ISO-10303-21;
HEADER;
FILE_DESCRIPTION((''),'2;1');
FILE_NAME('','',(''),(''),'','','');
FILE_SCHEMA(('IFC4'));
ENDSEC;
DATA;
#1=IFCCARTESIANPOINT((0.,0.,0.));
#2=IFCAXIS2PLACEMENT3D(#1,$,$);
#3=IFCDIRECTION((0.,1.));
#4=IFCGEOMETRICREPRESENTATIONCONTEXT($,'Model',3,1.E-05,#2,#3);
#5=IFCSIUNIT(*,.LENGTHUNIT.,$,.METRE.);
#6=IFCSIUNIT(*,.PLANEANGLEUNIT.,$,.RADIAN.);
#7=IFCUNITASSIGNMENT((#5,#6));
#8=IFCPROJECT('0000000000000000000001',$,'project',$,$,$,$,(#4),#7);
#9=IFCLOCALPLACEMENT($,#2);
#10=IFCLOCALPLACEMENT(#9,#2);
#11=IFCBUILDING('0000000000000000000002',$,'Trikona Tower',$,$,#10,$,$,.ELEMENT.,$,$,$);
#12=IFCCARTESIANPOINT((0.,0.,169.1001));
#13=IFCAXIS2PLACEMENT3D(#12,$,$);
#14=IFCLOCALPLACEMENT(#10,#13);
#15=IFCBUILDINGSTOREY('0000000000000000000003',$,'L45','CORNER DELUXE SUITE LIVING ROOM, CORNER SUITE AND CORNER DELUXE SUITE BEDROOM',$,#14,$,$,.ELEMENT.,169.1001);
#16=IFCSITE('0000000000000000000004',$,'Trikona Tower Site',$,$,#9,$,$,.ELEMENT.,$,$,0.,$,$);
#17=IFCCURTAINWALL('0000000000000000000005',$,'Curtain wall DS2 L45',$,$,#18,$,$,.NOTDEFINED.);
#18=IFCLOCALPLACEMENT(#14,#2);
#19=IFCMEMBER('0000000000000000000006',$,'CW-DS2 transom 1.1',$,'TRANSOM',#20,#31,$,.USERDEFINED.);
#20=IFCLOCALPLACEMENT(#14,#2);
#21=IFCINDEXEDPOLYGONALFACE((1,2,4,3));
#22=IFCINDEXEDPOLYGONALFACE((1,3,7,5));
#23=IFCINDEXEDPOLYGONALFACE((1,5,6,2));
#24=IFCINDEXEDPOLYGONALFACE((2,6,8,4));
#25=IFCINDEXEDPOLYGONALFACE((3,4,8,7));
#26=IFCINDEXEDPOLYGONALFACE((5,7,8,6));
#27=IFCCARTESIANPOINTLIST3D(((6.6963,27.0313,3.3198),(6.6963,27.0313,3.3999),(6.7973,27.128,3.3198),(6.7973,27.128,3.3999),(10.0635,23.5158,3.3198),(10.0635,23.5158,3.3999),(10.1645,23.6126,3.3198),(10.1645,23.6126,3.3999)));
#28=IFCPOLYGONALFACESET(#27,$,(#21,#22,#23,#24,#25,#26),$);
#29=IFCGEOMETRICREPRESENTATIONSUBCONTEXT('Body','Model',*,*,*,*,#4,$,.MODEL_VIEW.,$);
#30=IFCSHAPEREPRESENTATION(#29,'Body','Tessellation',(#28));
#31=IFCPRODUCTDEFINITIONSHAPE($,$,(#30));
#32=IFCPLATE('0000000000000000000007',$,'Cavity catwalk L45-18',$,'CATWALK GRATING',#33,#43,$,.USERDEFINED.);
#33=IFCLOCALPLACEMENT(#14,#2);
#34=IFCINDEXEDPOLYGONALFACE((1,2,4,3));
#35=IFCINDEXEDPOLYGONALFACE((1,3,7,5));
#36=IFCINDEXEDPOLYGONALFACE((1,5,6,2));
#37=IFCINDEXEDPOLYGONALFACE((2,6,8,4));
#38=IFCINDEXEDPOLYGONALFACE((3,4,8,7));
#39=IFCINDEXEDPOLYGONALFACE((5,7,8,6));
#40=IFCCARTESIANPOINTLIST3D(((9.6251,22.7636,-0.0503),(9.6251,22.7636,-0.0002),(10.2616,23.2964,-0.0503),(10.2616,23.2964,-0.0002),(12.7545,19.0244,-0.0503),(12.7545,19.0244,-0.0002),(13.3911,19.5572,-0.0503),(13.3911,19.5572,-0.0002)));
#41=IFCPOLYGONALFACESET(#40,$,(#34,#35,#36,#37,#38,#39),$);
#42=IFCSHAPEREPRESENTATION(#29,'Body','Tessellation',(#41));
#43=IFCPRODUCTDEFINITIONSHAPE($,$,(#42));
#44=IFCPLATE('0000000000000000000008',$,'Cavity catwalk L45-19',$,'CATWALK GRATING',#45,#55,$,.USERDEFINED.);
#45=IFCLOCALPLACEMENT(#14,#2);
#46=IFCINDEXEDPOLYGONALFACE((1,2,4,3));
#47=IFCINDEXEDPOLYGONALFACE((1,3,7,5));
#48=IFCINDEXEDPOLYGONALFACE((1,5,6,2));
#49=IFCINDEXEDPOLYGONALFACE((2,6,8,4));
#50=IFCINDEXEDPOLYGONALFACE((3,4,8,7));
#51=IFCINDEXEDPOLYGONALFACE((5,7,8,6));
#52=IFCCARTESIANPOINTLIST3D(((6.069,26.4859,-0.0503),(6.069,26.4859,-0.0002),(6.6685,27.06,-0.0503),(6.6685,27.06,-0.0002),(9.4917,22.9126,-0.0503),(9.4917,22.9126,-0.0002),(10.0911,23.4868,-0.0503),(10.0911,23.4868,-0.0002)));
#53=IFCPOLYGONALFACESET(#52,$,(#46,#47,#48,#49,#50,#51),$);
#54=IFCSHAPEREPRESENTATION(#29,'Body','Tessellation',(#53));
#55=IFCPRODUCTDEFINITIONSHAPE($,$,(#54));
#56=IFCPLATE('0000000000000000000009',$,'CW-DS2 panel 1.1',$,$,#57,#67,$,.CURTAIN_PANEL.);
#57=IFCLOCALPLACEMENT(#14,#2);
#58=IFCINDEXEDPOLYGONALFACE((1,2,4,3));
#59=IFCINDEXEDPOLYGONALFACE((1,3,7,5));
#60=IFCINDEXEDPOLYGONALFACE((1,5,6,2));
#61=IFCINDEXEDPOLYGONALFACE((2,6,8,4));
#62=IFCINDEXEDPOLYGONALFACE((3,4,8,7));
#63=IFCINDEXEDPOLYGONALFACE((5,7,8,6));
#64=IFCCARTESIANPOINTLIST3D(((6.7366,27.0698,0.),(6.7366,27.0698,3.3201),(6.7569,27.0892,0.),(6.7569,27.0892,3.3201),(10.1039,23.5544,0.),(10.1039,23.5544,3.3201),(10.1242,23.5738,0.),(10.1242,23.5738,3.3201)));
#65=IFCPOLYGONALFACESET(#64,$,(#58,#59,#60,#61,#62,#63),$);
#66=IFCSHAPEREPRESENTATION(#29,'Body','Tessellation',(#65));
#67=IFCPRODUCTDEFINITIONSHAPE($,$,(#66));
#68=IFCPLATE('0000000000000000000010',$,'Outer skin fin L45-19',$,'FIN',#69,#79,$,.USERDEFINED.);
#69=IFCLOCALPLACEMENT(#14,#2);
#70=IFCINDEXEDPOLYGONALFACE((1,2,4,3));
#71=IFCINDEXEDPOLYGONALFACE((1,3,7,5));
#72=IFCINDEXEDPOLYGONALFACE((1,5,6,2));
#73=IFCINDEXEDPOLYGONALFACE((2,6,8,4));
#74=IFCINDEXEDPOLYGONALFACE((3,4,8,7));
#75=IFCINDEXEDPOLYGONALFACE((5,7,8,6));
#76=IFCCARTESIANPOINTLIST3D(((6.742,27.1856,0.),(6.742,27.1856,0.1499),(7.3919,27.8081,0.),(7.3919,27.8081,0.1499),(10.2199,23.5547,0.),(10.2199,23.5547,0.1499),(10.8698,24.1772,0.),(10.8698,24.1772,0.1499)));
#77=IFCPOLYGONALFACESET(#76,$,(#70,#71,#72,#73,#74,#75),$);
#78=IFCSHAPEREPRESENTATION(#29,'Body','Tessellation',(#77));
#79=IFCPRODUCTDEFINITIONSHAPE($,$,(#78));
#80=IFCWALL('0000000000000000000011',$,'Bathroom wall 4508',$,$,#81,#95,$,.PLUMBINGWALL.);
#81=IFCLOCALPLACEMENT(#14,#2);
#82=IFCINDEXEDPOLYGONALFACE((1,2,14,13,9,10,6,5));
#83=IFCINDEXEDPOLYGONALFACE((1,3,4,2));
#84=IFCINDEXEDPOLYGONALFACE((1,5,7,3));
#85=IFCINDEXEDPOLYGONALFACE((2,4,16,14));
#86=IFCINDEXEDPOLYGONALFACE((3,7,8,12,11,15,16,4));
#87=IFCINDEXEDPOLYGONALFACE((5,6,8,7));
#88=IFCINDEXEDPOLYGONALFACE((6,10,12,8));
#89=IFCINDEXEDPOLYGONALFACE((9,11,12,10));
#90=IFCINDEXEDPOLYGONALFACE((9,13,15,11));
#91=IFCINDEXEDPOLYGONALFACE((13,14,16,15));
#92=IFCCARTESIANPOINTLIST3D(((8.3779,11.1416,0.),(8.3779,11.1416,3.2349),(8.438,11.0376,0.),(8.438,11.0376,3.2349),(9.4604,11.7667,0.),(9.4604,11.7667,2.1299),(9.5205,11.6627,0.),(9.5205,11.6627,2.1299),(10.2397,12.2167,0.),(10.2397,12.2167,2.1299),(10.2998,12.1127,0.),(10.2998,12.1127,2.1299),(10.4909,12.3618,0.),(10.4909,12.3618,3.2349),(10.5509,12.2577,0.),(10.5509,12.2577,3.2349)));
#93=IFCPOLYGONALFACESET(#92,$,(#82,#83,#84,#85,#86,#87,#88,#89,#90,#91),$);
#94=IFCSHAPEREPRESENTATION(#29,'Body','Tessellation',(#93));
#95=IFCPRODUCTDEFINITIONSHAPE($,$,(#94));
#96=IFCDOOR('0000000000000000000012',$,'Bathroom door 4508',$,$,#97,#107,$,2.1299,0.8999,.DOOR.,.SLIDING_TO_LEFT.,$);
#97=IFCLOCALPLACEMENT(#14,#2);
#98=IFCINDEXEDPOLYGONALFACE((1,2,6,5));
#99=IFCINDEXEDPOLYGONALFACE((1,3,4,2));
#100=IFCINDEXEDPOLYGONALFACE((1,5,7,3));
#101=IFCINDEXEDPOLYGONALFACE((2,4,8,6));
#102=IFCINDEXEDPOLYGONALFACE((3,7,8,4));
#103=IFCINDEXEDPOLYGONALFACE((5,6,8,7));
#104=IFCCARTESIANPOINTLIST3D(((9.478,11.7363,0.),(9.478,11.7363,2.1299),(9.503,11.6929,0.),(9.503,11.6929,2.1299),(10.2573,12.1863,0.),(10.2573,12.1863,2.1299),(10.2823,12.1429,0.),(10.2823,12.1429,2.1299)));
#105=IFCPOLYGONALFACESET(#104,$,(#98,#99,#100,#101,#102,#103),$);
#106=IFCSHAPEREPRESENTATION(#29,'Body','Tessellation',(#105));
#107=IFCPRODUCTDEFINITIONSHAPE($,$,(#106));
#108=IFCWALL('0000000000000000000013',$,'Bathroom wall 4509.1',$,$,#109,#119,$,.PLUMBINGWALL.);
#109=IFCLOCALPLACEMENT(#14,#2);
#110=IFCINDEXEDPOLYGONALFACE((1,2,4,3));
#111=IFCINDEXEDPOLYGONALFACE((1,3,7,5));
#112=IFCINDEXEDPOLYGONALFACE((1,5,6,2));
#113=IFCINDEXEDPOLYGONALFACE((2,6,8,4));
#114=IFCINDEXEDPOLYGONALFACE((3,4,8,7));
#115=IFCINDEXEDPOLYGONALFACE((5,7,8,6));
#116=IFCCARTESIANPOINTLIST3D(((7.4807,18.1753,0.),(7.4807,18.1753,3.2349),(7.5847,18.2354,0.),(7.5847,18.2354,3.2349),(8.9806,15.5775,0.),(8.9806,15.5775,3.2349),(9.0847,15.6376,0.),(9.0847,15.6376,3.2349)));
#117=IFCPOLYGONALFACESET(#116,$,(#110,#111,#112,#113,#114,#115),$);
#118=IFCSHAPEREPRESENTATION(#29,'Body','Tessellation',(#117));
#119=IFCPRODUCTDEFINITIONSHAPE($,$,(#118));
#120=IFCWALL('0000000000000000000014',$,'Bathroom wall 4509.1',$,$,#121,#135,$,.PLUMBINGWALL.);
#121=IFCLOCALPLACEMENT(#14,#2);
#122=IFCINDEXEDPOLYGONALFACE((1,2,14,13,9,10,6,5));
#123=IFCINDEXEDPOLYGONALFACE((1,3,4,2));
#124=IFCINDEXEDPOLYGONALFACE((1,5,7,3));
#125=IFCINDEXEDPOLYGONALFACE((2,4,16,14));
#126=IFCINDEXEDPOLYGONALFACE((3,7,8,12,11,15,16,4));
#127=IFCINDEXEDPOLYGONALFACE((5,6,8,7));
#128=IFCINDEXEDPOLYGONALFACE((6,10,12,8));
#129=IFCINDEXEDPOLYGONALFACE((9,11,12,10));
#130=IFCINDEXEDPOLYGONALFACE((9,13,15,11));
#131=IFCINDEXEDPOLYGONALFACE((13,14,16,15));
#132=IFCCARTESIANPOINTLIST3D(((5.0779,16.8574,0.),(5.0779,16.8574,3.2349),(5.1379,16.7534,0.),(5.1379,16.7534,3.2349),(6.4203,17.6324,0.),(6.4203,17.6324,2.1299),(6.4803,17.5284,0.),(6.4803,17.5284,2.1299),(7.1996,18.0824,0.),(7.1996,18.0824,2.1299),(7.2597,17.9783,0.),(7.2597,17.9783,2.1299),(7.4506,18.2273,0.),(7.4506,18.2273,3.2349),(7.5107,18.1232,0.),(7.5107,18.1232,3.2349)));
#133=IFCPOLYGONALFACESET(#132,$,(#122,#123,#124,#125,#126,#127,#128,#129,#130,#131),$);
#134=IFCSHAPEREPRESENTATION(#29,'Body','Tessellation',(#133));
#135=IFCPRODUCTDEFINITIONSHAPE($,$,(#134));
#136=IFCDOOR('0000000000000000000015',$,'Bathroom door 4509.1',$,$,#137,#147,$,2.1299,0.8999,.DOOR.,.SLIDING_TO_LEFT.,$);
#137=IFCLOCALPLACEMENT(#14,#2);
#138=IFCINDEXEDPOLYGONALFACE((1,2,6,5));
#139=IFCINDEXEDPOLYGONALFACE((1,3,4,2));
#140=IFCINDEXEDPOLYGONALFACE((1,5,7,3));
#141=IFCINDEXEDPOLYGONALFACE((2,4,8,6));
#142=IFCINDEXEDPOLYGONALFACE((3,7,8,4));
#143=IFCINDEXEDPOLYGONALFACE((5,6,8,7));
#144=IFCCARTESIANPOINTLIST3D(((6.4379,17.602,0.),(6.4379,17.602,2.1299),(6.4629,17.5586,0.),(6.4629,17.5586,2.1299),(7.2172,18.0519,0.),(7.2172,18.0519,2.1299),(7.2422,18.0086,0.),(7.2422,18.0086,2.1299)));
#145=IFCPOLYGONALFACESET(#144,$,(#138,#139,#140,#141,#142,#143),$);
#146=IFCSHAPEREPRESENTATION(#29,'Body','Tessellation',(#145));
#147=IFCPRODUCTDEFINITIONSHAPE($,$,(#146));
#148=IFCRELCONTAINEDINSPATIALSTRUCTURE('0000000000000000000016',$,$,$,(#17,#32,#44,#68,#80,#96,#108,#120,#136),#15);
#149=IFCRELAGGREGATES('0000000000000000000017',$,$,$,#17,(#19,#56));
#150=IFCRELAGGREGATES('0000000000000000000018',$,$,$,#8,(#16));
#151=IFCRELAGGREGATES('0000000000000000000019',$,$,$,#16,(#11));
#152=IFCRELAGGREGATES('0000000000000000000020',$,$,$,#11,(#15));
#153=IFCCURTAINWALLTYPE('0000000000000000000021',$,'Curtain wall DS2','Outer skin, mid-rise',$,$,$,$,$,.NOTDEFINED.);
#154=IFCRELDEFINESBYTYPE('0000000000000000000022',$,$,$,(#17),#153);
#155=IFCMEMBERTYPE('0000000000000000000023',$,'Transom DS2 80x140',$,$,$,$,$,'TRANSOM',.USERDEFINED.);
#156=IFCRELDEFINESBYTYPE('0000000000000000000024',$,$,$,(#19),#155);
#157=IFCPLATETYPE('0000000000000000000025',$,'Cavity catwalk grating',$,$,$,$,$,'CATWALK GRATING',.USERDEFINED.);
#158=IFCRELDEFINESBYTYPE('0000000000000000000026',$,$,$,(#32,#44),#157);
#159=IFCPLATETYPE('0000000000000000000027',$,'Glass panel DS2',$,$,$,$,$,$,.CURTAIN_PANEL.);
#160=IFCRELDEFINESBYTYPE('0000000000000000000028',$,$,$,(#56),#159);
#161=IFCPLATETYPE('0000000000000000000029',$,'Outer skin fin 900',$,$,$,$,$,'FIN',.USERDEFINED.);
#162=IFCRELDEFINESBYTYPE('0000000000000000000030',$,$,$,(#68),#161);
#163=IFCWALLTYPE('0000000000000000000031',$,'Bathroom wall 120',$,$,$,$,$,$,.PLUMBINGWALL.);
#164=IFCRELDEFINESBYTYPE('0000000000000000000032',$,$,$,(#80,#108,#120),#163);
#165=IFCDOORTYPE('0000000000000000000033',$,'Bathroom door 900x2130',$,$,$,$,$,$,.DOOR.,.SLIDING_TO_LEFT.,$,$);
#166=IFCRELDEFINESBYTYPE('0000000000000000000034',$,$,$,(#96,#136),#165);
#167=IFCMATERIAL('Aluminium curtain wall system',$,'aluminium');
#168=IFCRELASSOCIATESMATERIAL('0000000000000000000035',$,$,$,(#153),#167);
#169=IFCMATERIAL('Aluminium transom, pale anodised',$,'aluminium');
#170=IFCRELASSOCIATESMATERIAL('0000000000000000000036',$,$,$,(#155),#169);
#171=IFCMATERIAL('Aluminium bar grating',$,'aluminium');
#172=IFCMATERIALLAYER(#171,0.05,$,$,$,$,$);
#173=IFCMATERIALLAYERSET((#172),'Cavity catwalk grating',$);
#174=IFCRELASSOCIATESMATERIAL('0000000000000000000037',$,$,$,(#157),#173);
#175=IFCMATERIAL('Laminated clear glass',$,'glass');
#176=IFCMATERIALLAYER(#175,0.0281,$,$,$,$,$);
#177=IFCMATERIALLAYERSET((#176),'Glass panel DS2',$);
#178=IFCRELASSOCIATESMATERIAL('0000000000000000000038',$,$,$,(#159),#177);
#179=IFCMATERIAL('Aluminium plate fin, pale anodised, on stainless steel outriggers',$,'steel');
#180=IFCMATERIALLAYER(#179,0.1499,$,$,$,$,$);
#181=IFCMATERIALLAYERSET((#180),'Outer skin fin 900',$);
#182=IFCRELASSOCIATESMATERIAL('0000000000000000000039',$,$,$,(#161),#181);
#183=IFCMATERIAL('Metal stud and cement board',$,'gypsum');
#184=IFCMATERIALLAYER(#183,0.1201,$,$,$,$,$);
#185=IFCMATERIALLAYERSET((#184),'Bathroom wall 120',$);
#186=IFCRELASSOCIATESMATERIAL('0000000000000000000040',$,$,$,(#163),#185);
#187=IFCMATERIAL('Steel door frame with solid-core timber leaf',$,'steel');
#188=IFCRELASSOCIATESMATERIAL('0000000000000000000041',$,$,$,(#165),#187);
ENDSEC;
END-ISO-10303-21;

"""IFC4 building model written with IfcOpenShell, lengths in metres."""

from ifc_helpers import new_model, si_unit, direction, frame, frame_2d, origin, origin_2d, place, context, subcontext, project, spatial, rectangle, extrude, material, layer, layer_set, material_profile, profile_set, type_object, element, fill, aggregate, save


model = new_model("IFC4")

# Units and contexts
model_context = context("Model", 3, precision=1e-05, world=origin(), true_north=direction((0.0, 1.0)))
body_context = subcontext(model_context, "Body", "Model", "MODEL_VIEW")
ifc_project = project(units=[si_unit("LENGTHUNIT", "METRE"), si_unit("PLANEANGLEUNIT", "RADIAN")], contexts=[model_context])

# Site, building, storey
site_placement = place(None, origin())
site = spatial("IfcSite", under=ifc_project, at=site_placement, Name="Trikona Tower Site", CompositionType="ELEMENT", RefElevation=0.0)
building_placement = place(site_placement, origin())
building = spatial("IfcBuilding", under=site, at=building_placement, Name="Trikona Tower", CompositionType="ELEMENT")
storey_placement = place(building_placement, frame((0.0, 0.0, 169.1001)))
storey = spatial("IfcBuildingStorey", under=building, at=storey_placement, Name="L45", Description="CORNER DELUXE SUITE LIVING ROOM, CORNER SUITE AND CORNER DELUXE SUITE BEDROOM", CompositionType="ELEMENT", Elevation=169.1001)

# Shared definitions
ifc_material_1 = material(Name="Aluminium curtain wall system", Category="aluminium")
curtain_wall_type = type_object("IfcCurtainWallType", Name="Curtain wall DS2", Description="Outer skin, mid-rise", PredefinedType="NOTDEFINED", material=ifc_material_1)

# Curtain wall
curtain_wall_1_placement = place(storey_placement, origin())
curtain_wall_1 = element("IfcCurtainWall", 1, at=curtain_wall_1_placement, inside=storey, type_object=curtain_wall_type, Name="Curtain wall DS2 L45", PredefinedType="NOTDEFINED")

# Member
ifc_material_2 = material(Name="Aluminium transom, pale anodised", Category="aluminium")
ifc_material_profile_1 = material_profile(ifc_material_2, rectangle(XDim=0.1399, YDim=0.0801, at=origin_2d()), Name="TRN-DS2")
ifc_profile_set_1 = profile_set([ifc_material_profile_1], Name="Aluminium transom, pale anodised")
member_type_1 = type_object("IfcMemberType", Name="Transom DS2 80x140", ElementType="TRANSOM", PredefinedType="USERDEFINED", material=ifc_profile_set_1)
member_1_placement = place(storey_placement, frame((10.114, 23.5642, 3.3599), z_axis=(-0.691721, 0.722165, 0.0), x_axis=(-0.722165, -0.691721, 0.0)))
member_1 = element("IfcMember", 2, at=member_1_placement, type_object=member_type_1, Name="CW-DS2 transom 1.1", ObjectType="TRANSOM", PredefinedType="USERDEFINED", context=body_context, shape_type="SweptSolid", body=[
    extrude(rectangle(XDim=0.1399, YDim=0.0801, at=origin_2d()), origin(), (0.0, 0.0, 1.0), 4.8679),
])

# Plates
ifc_material_3 = material(Name="Aluminium bar grating", Category="aluminium")
ifc_layer_1 = layer(ifc_material_3, 0.05)
ifc_layer_set_1 = layer_set([ifc_layer_1], Name="Cavity catwalk grating")
plate_type_1 = type_object("IfcPlateType", Name="Cavity catwalk grating", ElementType="CATWALK GRATING", PredefinedType="USERDEFINED", material=ifc_layer_set_1)
plate_1_placement = place(storey_placement, frame((11.5081, 21.1604, -0.0503), z_axis=(0.0, 0.0, 1.0), x_axis=(-0.641807, 0.766866, 0.0)))
element("IfcPlate", 3, at=plate_1_placement, inside=storey, type_object=plate_type_1, Name="Cavity catwalk L45-18", ObjectType="CATWALK GRATING", PredefinedType="USERDEFINED", context=body_context, shape_type="SweptSolid", body=[
    extrude(rectangle(XDim=4.876, YDim=0.8301, at=origin_2d()), origin(), (0.0, 0.0, 1.0), 0.05),
])
plate_2_placement = place(storey_placement, frame((8.0801, 24.9863, -0.0503), z_axis=(0.0, 0.0, 1.0), x_axis=(-0.691724, 0.722162, 0.0)))
element("IfcPlate", 4, at=plate_2_placement, inside=storey, type_object=plate_type_1, Name="Cavity catwalk L45-19", ObjectType="CATWALK GRATING", PredefinedType="USERDEFINED", context=body_context, shape_type="SweptSolid", body=[
    extrude(rectangle(XDim=4.948, YDim=0.8301, at=origin_2d()), origin(), (0.0, 0.0, 1.0), 0.05),
])

# Plates
ifc_material_4 = material(Name="Laminated clear glass", Category="glass")
ifc_layer_2 = layer(ifc_material_4, 0.0281)
ifc_layer_set_2 = layer_set([ifc_layer_2], Name="Glass panel DS2")
plate_type_2 = type_object("IfcPlateType", Name="Glass panel DS2", PredefinedType="CURTAIN_PANEL", material=ifc_layer_set_2)
plate_3_placement = place(storey_placement, frame((8.4304, 25.3218, 0.0), z_axis=(0.0, 0.0, 1.0), x_axis=(-0.691728, 0.722158, 0.0)))
plate_3 = element("IfcPlate", 5, at=plate_3_placement, type_object=plate_type_2, Name="CW-DS2 panel 1.1", PredefinedType="CURTAIN_PANEL", context=body_context, shape_type="SweptSolid", body=[
    extrude(rectangle(XDim=4.8679, YDim=0.0281, at=origin_2d()), origin(), (0.0, 0.0, 1.0), 3.3201),
])
aggregate(curtain_wall_1, [member_1, plate_3])
ifc_material_5 = material(Name="Aluminium plate fin, pale anodised, on stainless steel outriggers", Category="steel")
ifc_layer_3 = layer(ifc_material_5, 0.1499)
ifc_layer_set_3 = layer_set([ifc_layer_3], Name="Outer skin fin 900")
plate_type_3 = type_object("IfcPlateType", Name="Outer skin fin 900", ElementType="FIN", PredefinedType="USERDEFINED", material=ifc_layer_set_3)
plate_4_placement = place(storey_placement, frame((8.8059, 25.6814, 0.0), z_axis=(0.0, 0.0, 1.0), x_axis=(-0.691724, 0.722162, 0.0)))
element("IfcPlate", 6, at=plate_4_placement, inside=storey, type_object=plate_type_3, Name="Outer skin fin L45-19", ObjectType="FIN", PredefinedType="USERDEFINED", context=body_context, shape_type="SweptSolid", body=[
    extrude(rectangle(XDim=5.0278, YDim=0.8999, at=origin_2d()), origin(), (0.0, 0.0, 1.0), 0.1499),
])

# Wall, opening, door
ifc_material_6 = material(Name="Metal stud and cement board", Category="gypsum")
ifc_layer_4 = layer(ifc_material_6, 0.1201)
ifc_layer_set_4 = layer_set([ifc_layer_4], Name="Bathroom wall 120")
wall_type_1 = type_object("IfcWallType", Name="Bathroom wall 120", PredefinedType="PLUMBINGWALL", material=ifc_layer_set_4)
wall_1_placement = place(storey_placement, frame((8.408, 11.0896, 0.0), z_axis=(0.0, 0.0, 1.0), x_axis=(0.865981, 0.500078, 0.0)))
wall_1 = element("IfcWall", 7, at=wall_1_placement, inside=storey, type_object=wall_type_1, Name="Bathroom wall 4508", PredefinedType="PLUMBINGWALL", context=body_context, shape_type="SweptSolid", body=[
    extrude(rectangle(XDim=2.4399, YDim=0.1201, at=frame_2d((1.22, 0.0))), origin(), (0.0, 0.0, 1.0), 3.2349),
])
opening_1_placement = place(wall_1_placement, frame((1.25, 0.0, 0.0)))
opening_1 = element("IfcOpeningElement", 8, at=opening_1_placement, cuts=wall_1, PredefinedType="OPENING", context=body_context, shape_type="SweptSolid", body=[
    extrude(rectangle(XDim=0.8999, YDim=2.1299, at=frame_2d((0.45, 1.0649))), frame((0.0, 0.0701, 0.0), z_axis=(0.0, -1.0, 0.0), x_axis=(1.0, 0.0, 0.0)), (0.0, 0.0, 1.0), 0.1401),
])
ifc_material_7 = material(Name="Steel door frame with solid-core timber leaf", Category="steel")
door_type_1 = type_object("IfcDoorType", Name="Bathroom door 900x2130", OperationType="SLIDING_TO_LEFT", PredefinedType="DOOR", material=ifc_material_7)
door_1_placement = place(opening_1_placement, origin())
door_1 = element("IfcDoor", 9, at=door_1_placement, inside=storey, type_object=door_type_1, Name="Bathroom door 4508", OperationType="SLIDING_TO_LEFT", OverallHeight=2.1299, OverallWidth=0.8999, PredefinedType="DOOR", context=body_context, shape_type="SweptSolid", body=[
    extrude(rectangle(XDim=0.8999, YDim=2.1299, at=frame_2d((0.45, 1.0649))), frame((0.0, 0.0249, 0.0), z_axis=(0.0, -1.0, 0.0), x_axis=(1.0, 0.0, 0.0)), (0.0, 0.0, 1.0), 0.05),
])
fill(opening_1, door_1)

# Wall
wall_2_placement = place(storey_placement, frame((9.0327, 15.6074, 0.0), z_axis=(0.0, 0.0, 1.0), x_axis=(-0.500025, 0.866011, 0.0)))
element("IfcWall", 10, at=wall_2_placement, inside=storey, type_object=wall_type_1, Name="Bathroom wall 4509.1", PredefinedType="PLUMBINGWALL", context=body_context, shape_type="SweptSolid", body=[
    extrude(rectangle(XDim=2.9998, YDim=0.1201, at=frame_2d((1.5, 0.0))), origin(), (0.0, 0.0, 1.0), 3.2349),
])

# Wall, opening, door
wall_3_placement = place(storey_placement, frame((5.1079, 16.8054, 0.0), z_axis=(0.0, 0.0, 1.0), x_axis=(0.866036, 0.499982, 0.0)))
wall_3 = element("IfcWall", 11, at=wall_3_placement, inside=storey, type_object=wall_type_1, Name="Bathroom wall 4509.1", PredefinedType="PLUMBINGWALL", context=body_context, shape_type="SweptSolid", body=[
    extrude(rectangle(XDim=2.7397, YDim=0.1201, at=frame_2d((1.3699, 0.0))), origin(), (0.0, 0.0, 1.0), 3.2349),
])
opening_2_placement = place(wall_3_placement, frame((1.55, 0.0, 0.0)))
opening_2 = element("IfcOpeningElement", 12, at=opening_2_placement, cuts=wall_3, PredefinedType="OPENING", context=body_context, shape_type="SweptSolid", body=[
    extrude(rectangle(XDim=0.8999, YDim=2.1299, at=frame_2d((0.45, 1.0649))), frame((0.0, 0.0701, 0.0), z_axis=(0.0, -1.0, 0.0), x_axis=(1.0, 0.0, 0.0)), (0.0, 0.0, 1.0), 0.1401),
])
door_2_placement = place(opening_2_placement, origin())
door_2 = element("IfcDoor", 13, at=door_2_placement, inside=storey, type_object=door_type_1, Name="Bathroom door 4509.1", OperationType="SLIDING_TO_LEFT", OverallHeight=2.1299, OverallWidth=0.8999, PredefinedType="DOOR", context=body_context, shape_type="SweptSolid", body=[
    extrude(rectangle(XDim=0.8999, YDim=2.1299, at=frame_2d((0.45, 1.0649))), frame((0.0, 0.0249, 0.0), z_axis=(0.0, -1.0, 0.0), x_axis=(1.0, 0.0, 0.0)), (0.0, 0.0, 1.0), 0.05),
])
fill(opening_2, door_2)

save(model, "model.ifc")
